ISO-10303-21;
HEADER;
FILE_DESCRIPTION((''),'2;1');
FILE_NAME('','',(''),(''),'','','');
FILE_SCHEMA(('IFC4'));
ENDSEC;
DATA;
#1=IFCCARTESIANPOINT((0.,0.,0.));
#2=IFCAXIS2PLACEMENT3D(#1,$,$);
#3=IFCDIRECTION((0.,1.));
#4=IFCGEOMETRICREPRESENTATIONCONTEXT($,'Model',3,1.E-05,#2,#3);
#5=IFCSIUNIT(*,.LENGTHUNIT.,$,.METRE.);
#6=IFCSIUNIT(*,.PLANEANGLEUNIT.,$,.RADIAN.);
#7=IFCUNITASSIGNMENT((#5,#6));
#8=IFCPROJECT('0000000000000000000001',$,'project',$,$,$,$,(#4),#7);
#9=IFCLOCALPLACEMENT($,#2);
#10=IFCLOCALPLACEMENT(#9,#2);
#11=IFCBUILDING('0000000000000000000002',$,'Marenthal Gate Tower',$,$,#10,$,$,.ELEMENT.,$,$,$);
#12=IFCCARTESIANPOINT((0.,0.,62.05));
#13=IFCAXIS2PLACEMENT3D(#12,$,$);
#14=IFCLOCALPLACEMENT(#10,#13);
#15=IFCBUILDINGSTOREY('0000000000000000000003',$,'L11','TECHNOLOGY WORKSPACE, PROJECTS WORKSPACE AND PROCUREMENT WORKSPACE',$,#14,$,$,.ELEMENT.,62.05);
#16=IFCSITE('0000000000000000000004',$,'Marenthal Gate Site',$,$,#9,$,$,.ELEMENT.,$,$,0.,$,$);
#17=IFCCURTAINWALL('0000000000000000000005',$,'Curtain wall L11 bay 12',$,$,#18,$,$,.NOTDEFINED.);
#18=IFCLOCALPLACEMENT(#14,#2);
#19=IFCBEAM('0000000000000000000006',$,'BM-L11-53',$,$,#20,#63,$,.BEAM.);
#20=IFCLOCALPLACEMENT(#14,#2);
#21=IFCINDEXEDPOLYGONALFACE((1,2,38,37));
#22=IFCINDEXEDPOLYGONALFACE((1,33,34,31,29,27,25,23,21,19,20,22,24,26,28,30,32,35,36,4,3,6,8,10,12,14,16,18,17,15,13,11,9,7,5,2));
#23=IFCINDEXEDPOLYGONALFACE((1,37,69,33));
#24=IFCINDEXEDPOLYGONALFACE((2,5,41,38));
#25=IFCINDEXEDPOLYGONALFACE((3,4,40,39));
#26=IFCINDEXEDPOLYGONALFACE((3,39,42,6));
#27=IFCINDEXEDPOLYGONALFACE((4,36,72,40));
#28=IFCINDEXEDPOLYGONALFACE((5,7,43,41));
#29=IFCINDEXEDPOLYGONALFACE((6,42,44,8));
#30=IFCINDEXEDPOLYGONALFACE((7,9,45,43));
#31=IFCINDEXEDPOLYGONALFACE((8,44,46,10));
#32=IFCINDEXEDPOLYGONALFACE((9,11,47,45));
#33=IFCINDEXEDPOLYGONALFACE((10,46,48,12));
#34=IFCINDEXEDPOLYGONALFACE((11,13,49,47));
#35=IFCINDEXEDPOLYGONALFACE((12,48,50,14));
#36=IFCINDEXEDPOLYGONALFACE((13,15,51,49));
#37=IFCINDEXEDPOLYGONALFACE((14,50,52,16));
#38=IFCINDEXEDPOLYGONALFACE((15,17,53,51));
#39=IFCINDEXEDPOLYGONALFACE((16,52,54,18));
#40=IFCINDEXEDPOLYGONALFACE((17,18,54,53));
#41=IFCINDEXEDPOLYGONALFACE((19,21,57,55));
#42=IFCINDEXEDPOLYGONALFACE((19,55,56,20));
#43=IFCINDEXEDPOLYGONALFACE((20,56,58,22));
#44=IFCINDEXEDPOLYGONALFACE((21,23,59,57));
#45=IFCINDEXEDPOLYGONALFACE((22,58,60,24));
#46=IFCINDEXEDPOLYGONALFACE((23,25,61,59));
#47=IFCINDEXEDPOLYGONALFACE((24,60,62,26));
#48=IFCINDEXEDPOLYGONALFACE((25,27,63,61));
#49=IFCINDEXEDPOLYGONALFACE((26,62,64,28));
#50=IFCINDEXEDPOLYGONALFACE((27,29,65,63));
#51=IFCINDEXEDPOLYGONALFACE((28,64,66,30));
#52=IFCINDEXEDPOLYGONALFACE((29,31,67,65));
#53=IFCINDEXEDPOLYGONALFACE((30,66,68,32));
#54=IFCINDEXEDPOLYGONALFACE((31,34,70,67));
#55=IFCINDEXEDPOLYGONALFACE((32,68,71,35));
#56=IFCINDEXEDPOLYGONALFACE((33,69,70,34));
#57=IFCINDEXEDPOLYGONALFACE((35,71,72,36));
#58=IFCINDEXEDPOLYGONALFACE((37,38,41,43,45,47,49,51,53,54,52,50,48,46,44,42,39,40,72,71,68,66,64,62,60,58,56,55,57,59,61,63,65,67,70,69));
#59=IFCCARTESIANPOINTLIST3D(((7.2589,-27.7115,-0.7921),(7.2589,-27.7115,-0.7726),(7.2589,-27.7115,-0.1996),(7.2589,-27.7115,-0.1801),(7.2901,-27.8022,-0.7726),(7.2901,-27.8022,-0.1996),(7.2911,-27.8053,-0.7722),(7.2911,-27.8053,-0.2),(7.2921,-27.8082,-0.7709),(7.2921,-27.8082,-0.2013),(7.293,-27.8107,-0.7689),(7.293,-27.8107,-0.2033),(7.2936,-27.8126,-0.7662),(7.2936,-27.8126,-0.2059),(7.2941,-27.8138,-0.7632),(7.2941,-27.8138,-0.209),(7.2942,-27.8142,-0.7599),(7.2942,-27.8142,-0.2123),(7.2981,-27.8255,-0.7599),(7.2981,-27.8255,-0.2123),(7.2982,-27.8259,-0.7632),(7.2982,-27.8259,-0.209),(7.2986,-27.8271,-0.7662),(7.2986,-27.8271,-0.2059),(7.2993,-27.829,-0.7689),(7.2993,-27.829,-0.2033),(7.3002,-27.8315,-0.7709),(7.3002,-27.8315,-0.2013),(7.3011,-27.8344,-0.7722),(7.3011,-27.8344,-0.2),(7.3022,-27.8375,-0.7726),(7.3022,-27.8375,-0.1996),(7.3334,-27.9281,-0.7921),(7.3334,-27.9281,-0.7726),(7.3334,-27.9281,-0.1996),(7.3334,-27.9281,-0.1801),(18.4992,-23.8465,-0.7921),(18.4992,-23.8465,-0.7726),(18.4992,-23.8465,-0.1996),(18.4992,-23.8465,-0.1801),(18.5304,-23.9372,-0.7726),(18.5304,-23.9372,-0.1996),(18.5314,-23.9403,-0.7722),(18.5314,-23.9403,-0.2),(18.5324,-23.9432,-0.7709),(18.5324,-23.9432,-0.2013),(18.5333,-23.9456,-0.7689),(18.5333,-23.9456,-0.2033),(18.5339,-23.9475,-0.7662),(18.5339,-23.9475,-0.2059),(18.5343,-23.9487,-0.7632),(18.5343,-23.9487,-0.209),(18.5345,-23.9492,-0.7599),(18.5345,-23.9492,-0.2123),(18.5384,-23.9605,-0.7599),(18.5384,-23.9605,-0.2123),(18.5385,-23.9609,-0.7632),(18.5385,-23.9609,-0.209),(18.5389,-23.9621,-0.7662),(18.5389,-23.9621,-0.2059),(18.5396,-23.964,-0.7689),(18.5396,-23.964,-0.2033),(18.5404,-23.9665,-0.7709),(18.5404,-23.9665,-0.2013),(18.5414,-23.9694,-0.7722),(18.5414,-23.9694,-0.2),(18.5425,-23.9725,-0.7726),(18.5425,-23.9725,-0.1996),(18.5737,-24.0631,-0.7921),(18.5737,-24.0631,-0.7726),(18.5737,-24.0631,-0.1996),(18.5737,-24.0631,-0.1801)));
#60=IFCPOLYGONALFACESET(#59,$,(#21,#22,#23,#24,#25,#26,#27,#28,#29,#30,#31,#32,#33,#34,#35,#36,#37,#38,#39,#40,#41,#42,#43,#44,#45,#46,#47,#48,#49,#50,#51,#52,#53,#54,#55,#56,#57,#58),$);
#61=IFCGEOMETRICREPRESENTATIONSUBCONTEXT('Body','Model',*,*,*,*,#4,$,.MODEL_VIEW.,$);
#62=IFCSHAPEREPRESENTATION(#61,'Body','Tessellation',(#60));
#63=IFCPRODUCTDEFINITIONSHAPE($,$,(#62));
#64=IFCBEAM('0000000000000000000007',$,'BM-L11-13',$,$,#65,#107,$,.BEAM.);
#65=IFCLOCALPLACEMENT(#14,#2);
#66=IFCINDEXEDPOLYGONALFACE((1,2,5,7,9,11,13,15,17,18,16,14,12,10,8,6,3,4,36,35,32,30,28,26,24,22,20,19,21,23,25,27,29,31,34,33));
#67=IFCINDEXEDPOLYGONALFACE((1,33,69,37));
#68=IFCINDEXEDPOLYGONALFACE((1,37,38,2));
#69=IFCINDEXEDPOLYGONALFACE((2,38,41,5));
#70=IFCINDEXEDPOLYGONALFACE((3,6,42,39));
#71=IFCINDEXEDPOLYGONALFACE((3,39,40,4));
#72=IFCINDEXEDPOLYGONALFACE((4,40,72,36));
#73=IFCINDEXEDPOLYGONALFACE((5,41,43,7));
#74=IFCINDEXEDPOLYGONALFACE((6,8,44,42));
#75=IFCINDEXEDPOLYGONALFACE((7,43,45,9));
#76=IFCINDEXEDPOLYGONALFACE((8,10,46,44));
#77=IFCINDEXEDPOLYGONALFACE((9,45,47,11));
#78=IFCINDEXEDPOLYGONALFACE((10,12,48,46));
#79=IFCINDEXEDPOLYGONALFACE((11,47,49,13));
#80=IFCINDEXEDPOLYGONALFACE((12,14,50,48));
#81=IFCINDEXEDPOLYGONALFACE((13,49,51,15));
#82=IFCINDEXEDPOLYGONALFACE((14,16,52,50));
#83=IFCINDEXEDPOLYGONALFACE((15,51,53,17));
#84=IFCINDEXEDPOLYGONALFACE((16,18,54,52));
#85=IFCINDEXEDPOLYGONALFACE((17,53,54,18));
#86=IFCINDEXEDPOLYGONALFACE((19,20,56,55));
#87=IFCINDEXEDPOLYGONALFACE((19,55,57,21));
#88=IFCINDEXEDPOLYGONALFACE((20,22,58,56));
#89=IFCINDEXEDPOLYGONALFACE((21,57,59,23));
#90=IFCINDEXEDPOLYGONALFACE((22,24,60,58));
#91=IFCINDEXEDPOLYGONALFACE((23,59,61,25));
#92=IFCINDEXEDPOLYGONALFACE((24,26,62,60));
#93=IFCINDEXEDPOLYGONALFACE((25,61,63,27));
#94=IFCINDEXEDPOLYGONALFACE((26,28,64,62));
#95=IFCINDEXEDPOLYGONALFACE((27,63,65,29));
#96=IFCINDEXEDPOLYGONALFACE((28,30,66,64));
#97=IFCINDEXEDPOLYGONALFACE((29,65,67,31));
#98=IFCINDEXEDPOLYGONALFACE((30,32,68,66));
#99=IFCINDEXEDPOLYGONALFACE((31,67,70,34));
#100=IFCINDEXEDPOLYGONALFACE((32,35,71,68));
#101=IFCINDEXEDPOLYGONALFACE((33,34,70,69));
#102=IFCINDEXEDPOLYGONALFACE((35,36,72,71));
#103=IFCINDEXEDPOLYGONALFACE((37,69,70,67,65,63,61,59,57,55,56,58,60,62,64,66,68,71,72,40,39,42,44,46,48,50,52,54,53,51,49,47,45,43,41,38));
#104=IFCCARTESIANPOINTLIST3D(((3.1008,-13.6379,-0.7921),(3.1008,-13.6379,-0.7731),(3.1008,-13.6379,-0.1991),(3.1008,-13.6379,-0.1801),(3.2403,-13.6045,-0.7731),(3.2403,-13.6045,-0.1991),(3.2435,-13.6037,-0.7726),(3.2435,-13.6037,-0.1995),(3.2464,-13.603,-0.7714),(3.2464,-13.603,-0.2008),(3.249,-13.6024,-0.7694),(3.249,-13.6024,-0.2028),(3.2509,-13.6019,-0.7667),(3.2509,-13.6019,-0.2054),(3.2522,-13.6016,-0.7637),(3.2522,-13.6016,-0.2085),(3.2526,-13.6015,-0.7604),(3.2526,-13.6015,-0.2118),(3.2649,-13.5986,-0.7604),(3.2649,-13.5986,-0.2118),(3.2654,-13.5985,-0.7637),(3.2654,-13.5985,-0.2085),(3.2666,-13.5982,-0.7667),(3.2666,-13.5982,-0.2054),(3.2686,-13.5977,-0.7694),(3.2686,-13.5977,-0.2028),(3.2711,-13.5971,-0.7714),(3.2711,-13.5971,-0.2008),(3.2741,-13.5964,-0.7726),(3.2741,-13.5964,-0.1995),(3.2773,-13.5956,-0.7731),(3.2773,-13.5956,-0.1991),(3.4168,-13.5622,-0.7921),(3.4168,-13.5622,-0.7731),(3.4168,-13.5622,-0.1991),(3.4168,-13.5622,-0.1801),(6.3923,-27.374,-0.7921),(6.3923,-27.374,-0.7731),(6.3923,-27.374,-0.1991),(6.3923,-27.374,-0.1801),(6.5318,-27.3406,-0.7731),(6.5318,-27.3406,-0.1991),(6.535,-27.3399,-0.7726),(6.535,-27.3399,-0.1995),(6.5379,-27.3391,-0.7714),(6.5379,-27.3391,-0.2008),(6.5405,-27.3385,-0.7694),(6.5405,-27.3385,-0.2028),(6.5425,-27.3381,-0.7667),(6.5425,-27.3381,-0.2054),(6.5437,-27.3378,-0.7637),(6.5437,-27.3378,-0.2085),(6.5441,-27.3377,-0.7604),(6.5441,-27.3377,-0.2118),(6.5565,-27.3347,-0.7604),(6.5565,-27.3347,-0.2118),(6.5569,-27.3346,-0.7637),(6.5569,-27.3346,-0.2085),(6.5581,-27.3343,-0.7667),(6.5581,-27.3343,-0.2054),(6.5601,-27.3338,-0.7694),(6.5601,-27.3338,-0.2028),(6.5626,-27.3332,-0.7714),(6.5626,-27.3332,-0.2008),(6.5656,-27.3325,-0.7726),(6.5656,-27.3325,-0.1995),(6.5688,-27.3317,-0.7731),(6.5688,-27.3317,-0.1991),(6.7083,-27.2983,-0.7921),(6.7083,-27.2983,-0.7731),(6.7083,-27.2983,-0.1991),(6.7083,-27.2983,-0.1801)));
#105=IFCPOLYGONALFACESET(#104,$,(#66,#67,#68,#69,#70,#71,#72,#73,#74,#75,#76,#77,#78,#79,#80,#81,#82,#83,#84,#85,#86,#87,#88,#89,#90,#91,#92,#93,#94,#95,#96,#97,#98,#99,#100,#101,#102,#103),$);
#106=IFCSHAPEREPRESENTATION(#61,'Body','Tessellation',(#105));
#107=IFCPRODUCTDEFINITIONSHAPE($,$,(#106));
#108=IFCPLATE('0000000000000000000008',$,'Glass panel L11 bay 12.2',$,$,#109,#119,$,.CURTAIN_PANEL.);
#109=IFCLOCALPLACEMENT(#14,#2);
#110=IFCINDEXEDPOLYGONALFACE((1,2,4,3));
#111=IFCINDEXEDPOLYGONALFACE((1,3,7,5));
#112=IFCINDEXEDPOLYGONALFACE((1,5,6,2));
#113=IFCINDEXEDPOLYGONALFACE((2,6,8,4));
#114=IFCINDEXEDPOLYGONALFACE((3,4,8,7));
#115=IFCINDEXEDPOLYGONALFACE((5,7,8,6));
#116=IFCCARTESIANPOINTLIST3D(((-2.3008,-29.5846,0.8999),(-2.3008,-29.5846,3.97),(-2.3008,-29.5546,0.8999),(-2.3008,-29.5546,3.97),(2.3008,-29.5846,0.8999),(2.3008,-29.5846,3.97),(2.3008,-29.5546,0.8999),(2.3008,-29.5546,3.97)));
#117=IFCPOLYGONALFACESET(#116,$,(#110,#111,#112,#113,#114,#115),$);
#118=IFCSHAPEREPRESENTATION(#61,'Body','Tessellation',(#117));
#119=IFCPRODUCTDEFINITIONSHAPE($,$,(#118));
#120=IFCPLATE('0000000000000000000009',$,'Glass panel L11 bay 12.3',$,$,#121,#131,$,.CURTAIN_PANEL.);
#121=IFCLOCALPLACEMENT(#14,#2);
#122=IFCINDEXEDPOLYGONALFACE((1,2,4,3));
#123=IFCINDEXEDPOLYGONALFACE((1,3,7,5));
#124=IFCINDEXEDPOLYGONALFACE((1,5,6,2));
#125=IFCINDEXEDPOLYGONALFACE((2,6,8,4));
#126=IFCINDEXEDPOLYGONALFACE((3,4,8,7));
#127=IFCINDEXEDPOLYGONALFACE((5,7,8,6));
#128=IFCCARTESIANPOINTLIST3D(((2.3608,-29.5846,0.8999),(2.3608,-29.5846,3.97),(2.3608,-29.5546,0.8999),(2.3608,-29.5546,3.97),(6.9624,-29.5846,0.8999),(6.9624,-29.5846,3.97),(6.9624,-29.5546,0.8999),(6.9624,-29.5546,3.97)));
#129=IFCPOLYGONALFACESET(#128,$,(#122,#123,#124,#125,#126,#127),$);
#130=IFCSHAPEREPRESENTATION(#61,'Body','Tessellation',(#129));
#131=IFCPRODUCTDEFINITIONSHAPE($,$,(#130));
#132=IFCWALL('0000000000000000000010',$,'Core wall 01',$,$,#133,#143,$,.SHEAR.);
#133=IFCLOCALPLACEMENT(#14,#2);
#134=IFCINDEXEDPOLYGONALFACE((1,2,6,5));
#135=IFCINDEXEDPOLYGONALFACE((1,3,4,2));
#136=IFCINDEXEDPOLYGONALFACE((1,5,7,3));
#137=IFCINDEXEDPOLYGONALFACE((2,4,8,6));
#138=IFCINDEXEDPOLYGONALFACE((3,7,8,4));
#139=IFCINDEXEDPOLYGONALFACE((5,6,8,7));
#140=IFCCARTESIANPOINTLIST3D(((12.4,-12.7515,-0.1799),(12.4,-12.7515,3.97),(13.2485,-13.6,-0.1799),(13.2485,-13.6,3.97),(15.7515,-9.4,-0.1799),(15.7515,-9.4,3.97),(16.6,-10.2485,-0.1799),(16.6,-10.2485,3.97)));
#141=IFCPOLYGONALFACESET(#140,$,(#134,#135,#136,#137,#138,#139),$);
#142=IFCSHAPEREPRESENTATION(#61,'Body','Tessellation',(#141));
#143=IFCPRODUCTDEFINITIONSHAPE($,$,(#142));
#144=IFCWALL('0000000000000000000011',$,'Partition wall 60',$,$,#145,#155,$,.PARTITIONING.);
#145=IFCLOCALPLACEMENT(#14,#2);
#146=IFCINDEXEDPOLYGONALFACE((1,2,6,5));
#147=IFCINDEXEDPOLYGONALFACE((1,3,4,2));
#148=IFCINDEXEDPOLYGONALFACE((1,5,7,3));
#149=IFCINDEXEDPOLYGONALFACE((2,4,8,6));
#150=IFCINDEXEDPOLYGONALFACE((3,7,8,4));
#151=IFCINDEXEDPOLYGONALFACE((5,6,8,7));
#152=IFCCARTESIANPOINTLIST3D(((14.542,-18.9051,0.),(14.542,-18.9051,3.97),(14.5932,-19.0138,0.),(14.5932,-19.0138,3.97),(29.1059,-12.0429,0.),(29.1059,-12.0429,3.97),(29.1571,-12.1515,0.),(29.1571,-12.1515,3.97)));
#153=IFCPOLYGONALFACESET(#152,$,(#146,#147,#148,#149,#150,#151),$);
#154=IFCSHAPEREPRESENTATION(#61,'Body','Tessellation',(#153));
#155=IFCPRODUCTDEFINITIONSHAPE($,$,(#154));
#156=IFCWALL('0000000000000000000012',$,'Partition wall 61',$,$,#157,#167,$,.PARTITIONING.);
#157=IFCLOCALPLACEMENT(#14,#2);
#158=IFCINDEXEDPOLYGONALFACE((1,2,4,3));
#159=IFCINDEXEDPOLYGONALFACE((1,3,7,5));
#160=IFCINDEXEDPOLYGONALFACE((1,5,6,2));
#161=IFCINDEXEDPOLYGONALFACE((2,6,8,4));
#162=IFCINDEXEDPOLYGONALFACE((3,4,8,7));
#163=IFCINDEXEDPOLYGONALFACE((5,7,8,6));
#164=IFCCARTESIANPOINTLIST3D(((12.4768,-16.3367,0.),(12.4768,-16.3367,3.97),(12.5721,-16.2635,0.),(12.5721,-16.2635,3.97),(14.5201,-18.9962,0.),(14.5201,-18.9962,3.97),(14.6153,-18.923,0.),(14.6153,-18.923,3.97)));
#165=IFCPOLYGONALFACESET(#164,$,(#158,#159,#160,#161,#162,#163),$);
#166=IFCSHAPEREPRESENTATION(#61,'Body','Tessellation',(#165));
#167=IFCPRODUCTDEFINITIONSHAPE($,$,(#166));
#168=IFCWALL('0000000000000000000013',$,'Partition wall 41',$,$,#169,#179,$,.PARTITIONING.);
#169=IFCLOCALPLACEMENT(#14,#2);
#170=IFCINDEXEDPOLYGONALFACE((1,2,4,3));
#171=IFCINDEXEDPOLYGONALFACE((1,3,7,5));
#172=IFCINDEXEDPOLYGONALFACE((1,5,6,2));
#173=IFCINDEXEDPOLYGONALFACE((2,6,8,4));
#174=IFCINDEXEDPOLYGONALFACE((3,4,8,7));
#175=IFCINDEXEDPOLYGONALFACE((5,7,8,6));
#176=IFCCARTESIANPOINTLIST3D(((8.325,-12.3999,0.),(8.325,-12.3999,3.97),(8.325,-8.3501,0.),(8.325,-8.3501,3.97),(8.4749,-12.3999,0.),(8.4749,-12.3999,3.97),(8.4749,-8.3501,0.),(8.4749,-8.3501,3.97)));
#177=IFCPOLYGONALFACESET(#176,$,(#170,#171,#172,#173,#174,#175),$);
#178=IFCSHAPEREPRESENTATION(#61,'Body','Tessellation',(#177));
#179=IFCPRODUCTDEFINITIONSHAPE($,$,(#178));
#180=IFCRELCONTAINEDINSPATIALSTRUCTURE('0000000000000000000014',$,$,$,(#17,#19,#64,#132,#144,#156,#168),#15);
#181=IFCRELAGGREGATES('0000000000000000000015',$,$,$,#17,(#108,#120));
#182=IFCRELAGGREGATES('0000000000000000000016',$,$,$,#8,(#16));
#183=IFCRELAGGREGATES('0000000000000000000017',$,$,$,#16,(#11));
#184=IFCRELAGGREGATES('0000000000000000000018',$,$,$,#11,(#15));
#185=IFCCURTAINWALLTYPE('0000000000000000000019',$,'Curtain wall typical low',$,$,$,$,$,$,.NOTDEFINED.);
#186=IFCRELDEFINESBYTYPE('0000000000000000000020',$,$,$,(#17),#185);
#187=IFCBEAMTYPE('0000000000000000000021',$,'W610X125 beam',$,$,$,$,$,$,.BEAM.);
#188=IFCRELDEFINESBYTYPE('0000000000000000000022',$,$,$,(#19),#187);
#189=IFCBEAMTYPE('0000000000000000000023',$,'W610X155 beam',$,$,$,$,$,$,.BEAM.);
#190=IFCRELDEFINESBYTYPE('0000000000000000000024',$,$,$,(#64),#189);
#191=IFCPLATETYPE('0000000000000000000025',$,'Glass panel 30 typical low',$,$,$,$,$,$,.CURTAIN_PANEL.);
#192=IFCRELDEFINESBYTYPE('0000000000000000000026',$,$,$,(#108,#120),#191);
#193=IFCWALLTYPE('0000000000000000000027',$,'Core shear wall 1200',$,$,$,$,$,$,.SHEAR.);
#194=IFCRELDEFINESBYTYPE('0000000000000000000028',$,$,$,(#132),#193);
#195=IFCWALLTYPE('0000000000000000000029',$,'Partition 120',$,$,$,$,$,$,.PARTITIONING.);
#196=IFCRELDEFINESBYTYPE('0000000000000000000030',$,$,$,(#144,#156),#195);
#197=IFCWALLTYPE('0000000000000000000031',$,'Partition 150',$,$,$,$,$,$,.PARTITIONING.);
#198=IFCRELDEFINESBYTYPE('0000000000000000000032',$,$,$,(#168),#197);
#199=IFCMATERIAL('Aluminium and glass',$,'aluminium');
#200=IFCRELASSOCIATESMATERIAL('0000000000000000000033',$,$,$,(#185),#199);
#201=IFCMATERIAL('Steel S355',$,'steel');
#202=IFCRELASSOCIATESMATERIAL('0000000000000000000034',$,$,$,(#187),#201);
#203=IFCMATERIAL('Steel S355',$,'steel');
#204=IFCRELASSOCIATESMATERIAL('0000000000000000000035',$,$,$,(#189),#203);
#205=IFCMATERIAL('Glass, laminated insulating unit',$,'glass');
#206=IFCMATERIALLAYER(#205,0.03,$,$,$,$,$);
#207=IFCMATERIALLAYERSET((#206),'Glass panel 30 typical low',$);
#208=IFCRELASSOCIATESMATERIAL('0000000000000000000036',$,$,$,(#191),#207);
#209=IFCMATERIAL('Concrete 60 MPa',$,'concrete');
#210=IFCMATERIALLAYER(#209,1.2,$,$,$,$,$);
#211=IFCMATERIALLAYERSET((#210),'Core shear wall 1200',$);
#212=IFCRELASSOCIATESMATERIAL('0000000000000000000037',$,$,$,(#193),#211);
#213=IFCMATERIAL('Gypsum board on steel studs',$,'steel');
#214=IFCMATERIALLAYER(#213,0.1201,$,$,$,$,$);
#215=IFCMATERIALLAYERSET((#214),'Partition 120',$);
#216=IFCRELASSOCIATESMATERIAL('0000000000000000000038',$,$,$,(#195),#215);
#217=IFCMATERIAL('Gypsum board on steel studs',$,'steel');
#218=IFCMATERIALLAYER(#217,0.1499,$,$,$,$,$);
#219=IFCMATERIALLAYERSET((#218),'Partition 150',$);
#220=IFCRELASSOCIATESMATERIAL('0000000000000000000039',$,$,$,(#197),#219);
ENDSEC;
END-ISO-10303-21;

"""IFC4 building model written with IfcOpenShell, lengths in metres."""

from ifc_helpers import new_model, si_unit, direction, frame, frame_2d, origin, origin_2d, place, context, subcontext, project, spatial, rectangle, i_section, extrude, material, layer, layer_set, material_profile, profile_set, type_object, element, aggregate, save


model = new_model("IFC4")

# Units and contexts
model_context = context("Model", 3, precision=1e-05, world=origin(), true_north=direction((0.0, 1.0)))
body_context = subcontext(model_context, "Body", "Model", "MODEL_VIEW")
ifc_project = project(units=[si_unit("LENGTHUNIT", "METRE"), si_unit("PLANEANGLEUNIT", "RADIAN")], contexts=[model_context])

# Site, building, storey
site_placement = place(None, origin())
site = spatial("IfcSite", under=ifc_project, at=site_placement, Name="Marenthal Gate Site", CompositionType="ELEMENT", RefElevation=0.0)
building_placement = place(site_placement, origin())
building = spatial("IfcBuilding", under=site, at=building_placement, Name="Marenthal Gate Tower", CompositionType="ELEMENT")
storey_placement = place(building_placement, frame((0.0, 0.0, 62.05)))
storey = spatial("IfcBuildingStorey", under=building, at=storey_placement, Name="L11", Description="TECHNOLOGY WORKSPACE, PROJECTS WORKSPACE AND PROCUREMENT WORKSPACE", CompositionType="ELEMENT", Elevation=62.05)

# Curtain wall
ifc_material_1 = material(Name="Aluminium and glass", Category="aluminium")
curtain_wall_type = type_object("IfcCurtainWallType", Name="Curtain wall typical low", PredefinedType="NOTDEFINED", material=ifc_material_1)
curtain_wall_placement = place(storey_placement, origin())
curtain_wall = element("IfcCurtainWall", 1, at=curtain_wall_placement, inside=storey, type_object=curtain_wall_type, Name="Curtain wall L11 bay 12", PredefinedType="NOTDEFINED")

# Beams
ifc_material_2 = material(Name="Steel S355", Category="steel")
ifc_material_profile_1 = material_profile(ifc_material_2, i_section(OverallWidth=0.229, OverallDepth=0.6121, WebThickness=0.012, FlangeThickness=0.0195, FilletRadius=0.0127, at=origin_2d()), Name="W610X125")
ifc_profile_set_1 = profile_set([ifc_material_profile_1], Name="Steel S355")
beam_type_1 = type_object("IfcBeamType", Name="W610X125 beam", PredefinedType="BEAM", material=ifc_profile_set_1)
beam_1_placement = place(storey_placement, frame((7.2961, -27.8198, -0.4861), z_axis=(0.945657, 0.325167, 0.0), x_axis=(-0.325167, 0.945657, 0.0)))
element("IfcBeam", 2, at=beam_1_placement, inside=storey, type_object=beam_type_1, Name="BM-L11-53", PredefinedType="BEAM", context=body_context, shape_type="SweptSolid", body=[
    extrude(i_section(OverallWidth=0.229, OverallDepth=0.6121, WebThickness=0.012, FlangeThickness=0.0195, FilletRadius=0.0127, at=origin_2d()), origin(), (0.0, 0.0, 1.0), 11.8862),
])
ifc_material_3 = material(Name="Steel S355", Category="steel")
ifc_material_profile_2 = material_profile(ifc_material_3, i_section(OverallWidth=0.325, OverallDepth=0.6121, WebThickness=0.0127, FlangeThickness=0.019, FilletRadius=0.0127, at=origin_2d()), Name="W610X155")
ifc_profile_set_2 = profile_set([ifc_material_profile_2], Name="Steel S355")
beam_type_2 = type_object("IfcBeamType", Name="W610X155 beam", PredefinedType="BEAM", material=ifc_profile_set_2)
beam_2_placement = place(storey_placement, frame((6.5503, -27.3362, -0.4861), z_axis=(-0.233028, 0.97247, 0.0), x_axis=(-0.97247, -0.233028, 0.0)))
element("IfcBeam", 3, at=beam_2_placement, inside=storey, type_object=beam_type_2, Name="BM-L11-13", PredefinedType="BEAM", context=body_context, shape_type="SweptSolid", body=[
    extrude(i_section(OverallWidth=0.325, OverallDepth=0.6121, WebThickness=0.0127, FlangeThickness=0.019, FilletRadius=0.0127, at=origin_2d()), origin(), (0.0, 0.0, 1.0), 14.125),
])

# Plates
ifc_material_4 = material(Name="Glass, laminated insulating unit", Category="glass")
ifc_layer_1 = layer(ifc_material_4, 0.03)
ifc_layer_set_1 = layer_set([ifc_layer_1], Name="Glass panel 30 typical low")
plate_type = type_object("IfcPlateType", Name="Glass panel 30 typical low", PredefinedType="CURTAIN_PANEL", material=ifc_layer_set_1)
plate_1_placement = place(storey_placement, frame((0.0, -29.5696, 0.8999), z_axis=(0.0, 0.0, 1.0), x_axis=(1.0, 0.0, 0.0)))
plate_1 = element("IfcPlate", 4, at=plate_1_placement, type_object=plate_type, Name="Glass panel L11 bay 12.2", PredefinedType="CURTAIN_PANEL", context=body_context, shape_type="SweptSolid", body=[
    extrude(rectangle(XDim=4.6016, YDim=0.03, at=origin_2d()), origin(), (0.0, 0.0, 1.0), 3.0701),
])
plate_2_placement = place(storey_placement, frame((4.6616, -29.5696, 0.8999), z_axis=(0.0, 0.0, 1.0), x_axis=(1.0, 0.0, 0.0)))
plate_2 = element("IfcPlate", 5, at=plate_2_placement, type_object=plate_type, Name="Glass panel L11 bay 12.3", PredefinedType="CURTAIN_PANEL", context=body_context, shape_type="SweptSolid", body=[
    extrude(rectangle(XDim=4.6016, YDim=0.03, at=origin_2d()), origin(), (0.0, 0.0, 1.0), 3.0701),
])
aggregate(curtain_wall, [plate_1, plate_2])

# Walls
ifc_material_5 = material(Name="Concrete 60 MPa", Category="concrete")
ifc_layer_2 = layer(ifc_material_5, 1.2)
ifc_layer_set_2 = layer_set([ifc_layer_2], Name="Core shear wall 1200")
wall_type_1 = type_object("IfcWallType", Name="Core shear wall 1200", PredefinedType="SHEAR", material=ifc_layer_set_2)
wall_1_placement = place(storey_placement, frame((12.8242, -13.1758, -0.1799), z_axis=(0.0, 0.0, 1.0), x_axis=(0.707107, 0.707107, 0.0)))
element("IfcWall", 6, at=wall_1_placement, inside=storey, type_object=wall_type_1, Name="Core wall 01", PredefinedType="SHEAR", context=body_context, shape_type="SweptSolid", body=[
    extrude(rectangle(XDim=4.7397, YDim=1.2, at=frame_2d((2.3699, 0.0))), origin(), (0.0, 0.0, 1.0), 4.1499),
])
ifc_material_6 = material(Name="Gypsum board on steel studs", Category="steel")
ifc_layer_3 = layer(ifc_material_6, 0.1201)
ifc_layer_set_3 = layer_set([ifc_layer_3], Name="Partition 120")
wall_type_2 = type_object("IfcWallType", Name="Partition 120", PredefinedType="PARTITIONING", material=ifc_layer_set_3)
wall_2_placement = place(storey_placement, frame((14.5676, -18.9595, 0.0), z_axis=(0.0, 0.0, 1.0), x_axis=(0.904611, 0.426238, 0.0)))
element("IfcWall", 7, at=wall_2_placement, inside=storey, type_object=wall_type_2, Name="Partition wall 60", PredefinedType="PARTITIONING", context=body_context, shape_type="SweptSolid", body=[
    extrude(rectangle(XDim=16.0996, YDim=0.1201, at=frame_2d((8.0498, 0.0))), origin(), (0.0, 0.0, 1.0), 3.97),
])
wall_3_placement = place(storey_placement, frame((14.5676, -18.9595, 0.0), z_axis=(0.0, 0.0, 1.0), x_axis=(-0.609243, 0.792984, 0.0)))
element("IfcWall", 8, at=wall_3_placement, inside=storey, type_object=wall_type_2, Name="Partition wall 61", PredefinedType="PARTITIONING", context=body_context, shape_type="SweptSolid", body=[
    extrude(rectangle(XDim=3.3538, YDim=0.1201, at=frame_2d((1.6768, 0.0))), origin(), (0.0, 0.0, 1.0), 3.97),
])
ifc_material_7 = material(Name="Gypsum board on steel studs", Category="steel")
ifc_layer_4 = layer(ifc_material_7, 0.1499)
ifc_layer_set_4 = layer_set([ifc_layer_4], Name="Partition 150")
wall_type_3 = type_object("IfcWallType", Name="Partition 150", PredefinedType="PARTITIONING", material=ifc_layer_set_4)
wall_4_placement = place(storey_placement, frame((8.3999, -12.3999, 0.0), z_axis=(0.0, 0.0, 1.0), x_axis=(0.0, 1.0, 0.0)))
element("IfcWall", 9, at=wall_4_placement, inside=storey, type_object=wall_type_3, Name="Partition wall 41", PredefinedType="PARTITIONING", context=body_context, shape_type="SweptSolid", body=[
    extrude(rectangle(XDim=4.0498, YDim=0.1499, at=frame_2d((2.0249, 0.0))), origin(), (0.0, 0.0, 1.0), 3.97),
])

save(model, "model.ifc")
